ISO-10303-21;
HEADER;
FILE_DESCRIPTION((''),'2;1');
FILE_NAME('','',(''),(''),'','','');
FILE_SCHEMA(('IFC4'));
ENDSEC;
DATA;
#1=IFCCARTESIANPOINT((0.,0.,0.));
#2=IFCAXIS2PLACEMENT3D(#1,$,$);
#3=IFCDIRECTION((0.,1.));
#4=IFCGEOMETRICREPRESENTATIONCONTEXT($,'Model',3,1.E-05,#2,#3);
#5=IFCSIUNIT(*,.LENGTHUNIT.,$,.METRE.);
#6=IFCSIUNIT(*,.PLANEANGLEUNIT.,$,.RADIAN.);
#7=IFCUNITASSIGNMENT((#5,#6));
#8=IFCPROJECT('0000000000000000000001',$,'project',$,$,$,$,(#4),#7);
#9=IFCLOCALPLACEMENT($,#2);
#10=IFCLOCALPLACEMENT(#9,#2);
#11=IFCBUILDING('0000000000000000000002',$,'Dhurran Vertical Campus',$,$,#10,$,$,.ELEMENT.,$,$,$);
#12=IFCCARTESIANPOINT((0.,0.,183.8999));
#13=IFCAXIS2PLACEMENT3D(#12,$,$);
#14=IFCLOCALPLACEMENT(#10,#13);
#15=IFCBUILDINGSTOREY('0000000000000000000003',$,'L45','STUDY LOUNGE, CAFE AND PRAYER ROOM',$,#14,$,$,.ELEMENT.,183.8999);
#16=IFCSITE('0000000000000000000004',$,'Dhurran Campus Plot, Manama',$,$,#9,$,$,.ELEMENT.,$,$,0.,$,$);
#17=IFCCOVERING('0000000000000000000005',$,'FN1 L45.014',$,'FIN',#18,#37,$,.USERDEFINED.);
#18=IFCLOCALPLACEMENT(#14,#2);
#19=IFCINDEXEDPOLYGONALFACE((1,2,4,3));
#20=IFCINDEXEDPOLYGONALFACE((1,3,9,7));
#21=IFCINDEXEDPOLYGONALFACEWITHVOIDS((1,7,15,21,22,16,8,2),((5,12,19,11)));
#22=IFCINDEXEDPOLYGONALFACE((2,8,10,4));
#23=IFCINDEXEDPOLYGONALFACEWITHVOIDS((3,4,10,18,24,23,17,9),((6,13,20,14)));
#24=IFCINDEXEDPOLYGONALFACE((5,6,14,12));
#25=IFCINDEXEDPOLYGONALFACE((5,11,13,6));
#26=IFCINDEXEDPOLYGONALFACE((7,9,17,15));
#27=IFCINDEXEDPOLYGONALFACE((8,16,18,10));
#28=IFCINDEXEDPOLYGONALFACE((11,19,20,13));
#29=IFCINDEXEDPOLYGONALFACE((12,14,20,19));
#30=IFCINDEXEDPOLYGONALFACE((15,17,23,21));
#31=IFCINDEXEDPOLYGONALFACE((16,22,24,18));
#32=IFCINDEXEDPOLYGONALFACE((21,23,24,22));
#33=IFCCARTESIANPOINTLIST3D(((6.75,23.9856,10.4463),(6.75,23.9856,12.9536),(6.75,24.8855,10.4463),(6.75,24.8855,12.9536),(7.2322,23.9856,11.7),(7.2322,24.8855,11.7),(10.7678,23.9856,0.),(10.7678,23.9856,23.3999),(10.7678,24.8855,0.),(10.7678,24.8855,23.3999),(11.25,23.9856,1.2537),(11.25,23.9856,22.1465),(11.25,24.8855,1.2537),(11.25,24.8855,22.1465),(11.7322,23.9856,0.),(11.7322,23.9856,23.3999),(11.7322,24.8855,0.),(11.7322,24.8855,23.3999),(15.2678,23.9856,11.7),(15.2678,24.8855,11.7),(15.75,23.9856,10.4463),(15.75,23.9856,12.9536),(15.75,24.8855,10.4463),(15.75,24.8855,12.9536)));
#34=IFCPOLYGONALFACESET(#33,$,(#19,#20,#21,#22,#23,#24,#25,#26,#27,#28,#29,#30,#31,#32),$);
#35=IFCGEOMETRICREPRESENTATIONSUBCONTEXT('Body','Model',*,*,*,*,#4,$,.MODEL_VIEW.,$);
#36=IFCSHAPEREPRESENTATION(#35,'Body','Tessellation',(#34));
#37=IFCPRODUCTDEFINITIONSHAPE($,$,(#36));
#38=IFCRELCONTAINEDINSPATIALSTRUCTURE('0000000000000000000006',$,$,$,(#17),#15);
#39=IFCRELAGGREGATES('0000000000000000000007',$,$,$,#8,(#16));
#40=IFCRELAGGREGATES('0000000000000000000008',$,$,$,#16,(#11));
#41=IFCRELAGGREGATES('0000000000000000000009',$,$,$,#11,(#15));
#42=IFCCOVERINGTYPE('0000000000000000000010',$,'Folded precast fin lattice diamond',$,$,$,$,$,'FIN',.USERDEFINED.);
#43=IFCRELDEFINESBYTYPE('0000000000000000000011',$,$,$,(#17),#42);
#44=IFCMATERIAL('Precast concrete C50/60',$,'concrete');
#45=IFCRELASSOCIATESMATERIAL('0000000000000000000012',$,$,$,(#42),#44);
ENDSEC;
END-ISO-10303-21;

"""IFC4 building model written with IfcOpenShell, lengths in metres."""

from ifc_helpers import new_model, si_unit, direction, frame, origin, place, context, subcontext, project, spatial, polyline, outline, extrude, material, type_object, element, save


model = new_model("IFC4")

# Units and contexts
model_context = context("Model", 3, precision=1e-05, world=origin(), true_north=direction((0.0, 1.0)))
body_context = subcontext(model_context, "Body", "Model", "MODEL_VIEW")
ifc_project = project(units=[si_unit("LENGTHUNIT", "METRE"), si_unit("PLANEANGLEUNIT", "RADIAN")], contexts=[model_context])

# Site, building, storey
site_placement = place(None, origin())
site = spatial("IfcSite", under=ifc_project, at=site_placement, Name="Dhurran Campus Plot, Manama", CompositionType="ELEMENT", RefElevation=0.0)
building_placement = place(site_placement, origin())
building = spatial("IfcBuilding", under=site, at=building_placement, Name="Dhurran Vertical Campus", CompositionType="ELEMENT")
storey_placement = place(building_placement, frame((0.0, 0.0, 183.8999)))
storey = spatial("IfcBuildingStorey", under=building, at=storey_placement, Name="L45", Description="STUDY LOUNGE, CAFE AND PRAYER ROOM", CompositionType="ELEMENT", Elevation=183.8999)

# Covering
ifc_material_1 = material(Name="Precast concrete C50/60", Category="concrete")
covering_type = type_object("IfcCoveringType", Name="Folded precast fin lattice diamond", ElementType="FIN", PredefinedType="USERDEFINED", material=ifc_material_1)
covering_1_placement = place(storey_placement, frame((15.75, 23.9856, 0.0), z_axis=(0.0, 1.0, 0.0), x_axis=(-1.0, 0.0, 0.0)))
element("IfcCovering", 1, at=covering_1_placement, inside=storey, type_object=covering_type, Name="FN1 L45.014", ObjectType="FIN", PredefinedType="USERDEFINED", context=body_context, shape_type="SweptSolid", body=[
    extrude(outline(polyline([(9.0, 12.9536), (9.0, 10.4463), (4.9822, 0.0), (4.0178, 0.0), (0.0, 10.4463), (0.0, 12.9536), (4.0178, 23.3999), (4.9822, 23.3999), (9.0, 12.9536)]), holes=[polyline([(8.5178, 11.7), (4.5, 22.1465), (0.4822, 11.7), (4.5, 1.2537), (8.5178, 11.7)])]), origin(), (0.0, 0.0, 1.0), 0.8999),
])

save(model, "model.ifc")
